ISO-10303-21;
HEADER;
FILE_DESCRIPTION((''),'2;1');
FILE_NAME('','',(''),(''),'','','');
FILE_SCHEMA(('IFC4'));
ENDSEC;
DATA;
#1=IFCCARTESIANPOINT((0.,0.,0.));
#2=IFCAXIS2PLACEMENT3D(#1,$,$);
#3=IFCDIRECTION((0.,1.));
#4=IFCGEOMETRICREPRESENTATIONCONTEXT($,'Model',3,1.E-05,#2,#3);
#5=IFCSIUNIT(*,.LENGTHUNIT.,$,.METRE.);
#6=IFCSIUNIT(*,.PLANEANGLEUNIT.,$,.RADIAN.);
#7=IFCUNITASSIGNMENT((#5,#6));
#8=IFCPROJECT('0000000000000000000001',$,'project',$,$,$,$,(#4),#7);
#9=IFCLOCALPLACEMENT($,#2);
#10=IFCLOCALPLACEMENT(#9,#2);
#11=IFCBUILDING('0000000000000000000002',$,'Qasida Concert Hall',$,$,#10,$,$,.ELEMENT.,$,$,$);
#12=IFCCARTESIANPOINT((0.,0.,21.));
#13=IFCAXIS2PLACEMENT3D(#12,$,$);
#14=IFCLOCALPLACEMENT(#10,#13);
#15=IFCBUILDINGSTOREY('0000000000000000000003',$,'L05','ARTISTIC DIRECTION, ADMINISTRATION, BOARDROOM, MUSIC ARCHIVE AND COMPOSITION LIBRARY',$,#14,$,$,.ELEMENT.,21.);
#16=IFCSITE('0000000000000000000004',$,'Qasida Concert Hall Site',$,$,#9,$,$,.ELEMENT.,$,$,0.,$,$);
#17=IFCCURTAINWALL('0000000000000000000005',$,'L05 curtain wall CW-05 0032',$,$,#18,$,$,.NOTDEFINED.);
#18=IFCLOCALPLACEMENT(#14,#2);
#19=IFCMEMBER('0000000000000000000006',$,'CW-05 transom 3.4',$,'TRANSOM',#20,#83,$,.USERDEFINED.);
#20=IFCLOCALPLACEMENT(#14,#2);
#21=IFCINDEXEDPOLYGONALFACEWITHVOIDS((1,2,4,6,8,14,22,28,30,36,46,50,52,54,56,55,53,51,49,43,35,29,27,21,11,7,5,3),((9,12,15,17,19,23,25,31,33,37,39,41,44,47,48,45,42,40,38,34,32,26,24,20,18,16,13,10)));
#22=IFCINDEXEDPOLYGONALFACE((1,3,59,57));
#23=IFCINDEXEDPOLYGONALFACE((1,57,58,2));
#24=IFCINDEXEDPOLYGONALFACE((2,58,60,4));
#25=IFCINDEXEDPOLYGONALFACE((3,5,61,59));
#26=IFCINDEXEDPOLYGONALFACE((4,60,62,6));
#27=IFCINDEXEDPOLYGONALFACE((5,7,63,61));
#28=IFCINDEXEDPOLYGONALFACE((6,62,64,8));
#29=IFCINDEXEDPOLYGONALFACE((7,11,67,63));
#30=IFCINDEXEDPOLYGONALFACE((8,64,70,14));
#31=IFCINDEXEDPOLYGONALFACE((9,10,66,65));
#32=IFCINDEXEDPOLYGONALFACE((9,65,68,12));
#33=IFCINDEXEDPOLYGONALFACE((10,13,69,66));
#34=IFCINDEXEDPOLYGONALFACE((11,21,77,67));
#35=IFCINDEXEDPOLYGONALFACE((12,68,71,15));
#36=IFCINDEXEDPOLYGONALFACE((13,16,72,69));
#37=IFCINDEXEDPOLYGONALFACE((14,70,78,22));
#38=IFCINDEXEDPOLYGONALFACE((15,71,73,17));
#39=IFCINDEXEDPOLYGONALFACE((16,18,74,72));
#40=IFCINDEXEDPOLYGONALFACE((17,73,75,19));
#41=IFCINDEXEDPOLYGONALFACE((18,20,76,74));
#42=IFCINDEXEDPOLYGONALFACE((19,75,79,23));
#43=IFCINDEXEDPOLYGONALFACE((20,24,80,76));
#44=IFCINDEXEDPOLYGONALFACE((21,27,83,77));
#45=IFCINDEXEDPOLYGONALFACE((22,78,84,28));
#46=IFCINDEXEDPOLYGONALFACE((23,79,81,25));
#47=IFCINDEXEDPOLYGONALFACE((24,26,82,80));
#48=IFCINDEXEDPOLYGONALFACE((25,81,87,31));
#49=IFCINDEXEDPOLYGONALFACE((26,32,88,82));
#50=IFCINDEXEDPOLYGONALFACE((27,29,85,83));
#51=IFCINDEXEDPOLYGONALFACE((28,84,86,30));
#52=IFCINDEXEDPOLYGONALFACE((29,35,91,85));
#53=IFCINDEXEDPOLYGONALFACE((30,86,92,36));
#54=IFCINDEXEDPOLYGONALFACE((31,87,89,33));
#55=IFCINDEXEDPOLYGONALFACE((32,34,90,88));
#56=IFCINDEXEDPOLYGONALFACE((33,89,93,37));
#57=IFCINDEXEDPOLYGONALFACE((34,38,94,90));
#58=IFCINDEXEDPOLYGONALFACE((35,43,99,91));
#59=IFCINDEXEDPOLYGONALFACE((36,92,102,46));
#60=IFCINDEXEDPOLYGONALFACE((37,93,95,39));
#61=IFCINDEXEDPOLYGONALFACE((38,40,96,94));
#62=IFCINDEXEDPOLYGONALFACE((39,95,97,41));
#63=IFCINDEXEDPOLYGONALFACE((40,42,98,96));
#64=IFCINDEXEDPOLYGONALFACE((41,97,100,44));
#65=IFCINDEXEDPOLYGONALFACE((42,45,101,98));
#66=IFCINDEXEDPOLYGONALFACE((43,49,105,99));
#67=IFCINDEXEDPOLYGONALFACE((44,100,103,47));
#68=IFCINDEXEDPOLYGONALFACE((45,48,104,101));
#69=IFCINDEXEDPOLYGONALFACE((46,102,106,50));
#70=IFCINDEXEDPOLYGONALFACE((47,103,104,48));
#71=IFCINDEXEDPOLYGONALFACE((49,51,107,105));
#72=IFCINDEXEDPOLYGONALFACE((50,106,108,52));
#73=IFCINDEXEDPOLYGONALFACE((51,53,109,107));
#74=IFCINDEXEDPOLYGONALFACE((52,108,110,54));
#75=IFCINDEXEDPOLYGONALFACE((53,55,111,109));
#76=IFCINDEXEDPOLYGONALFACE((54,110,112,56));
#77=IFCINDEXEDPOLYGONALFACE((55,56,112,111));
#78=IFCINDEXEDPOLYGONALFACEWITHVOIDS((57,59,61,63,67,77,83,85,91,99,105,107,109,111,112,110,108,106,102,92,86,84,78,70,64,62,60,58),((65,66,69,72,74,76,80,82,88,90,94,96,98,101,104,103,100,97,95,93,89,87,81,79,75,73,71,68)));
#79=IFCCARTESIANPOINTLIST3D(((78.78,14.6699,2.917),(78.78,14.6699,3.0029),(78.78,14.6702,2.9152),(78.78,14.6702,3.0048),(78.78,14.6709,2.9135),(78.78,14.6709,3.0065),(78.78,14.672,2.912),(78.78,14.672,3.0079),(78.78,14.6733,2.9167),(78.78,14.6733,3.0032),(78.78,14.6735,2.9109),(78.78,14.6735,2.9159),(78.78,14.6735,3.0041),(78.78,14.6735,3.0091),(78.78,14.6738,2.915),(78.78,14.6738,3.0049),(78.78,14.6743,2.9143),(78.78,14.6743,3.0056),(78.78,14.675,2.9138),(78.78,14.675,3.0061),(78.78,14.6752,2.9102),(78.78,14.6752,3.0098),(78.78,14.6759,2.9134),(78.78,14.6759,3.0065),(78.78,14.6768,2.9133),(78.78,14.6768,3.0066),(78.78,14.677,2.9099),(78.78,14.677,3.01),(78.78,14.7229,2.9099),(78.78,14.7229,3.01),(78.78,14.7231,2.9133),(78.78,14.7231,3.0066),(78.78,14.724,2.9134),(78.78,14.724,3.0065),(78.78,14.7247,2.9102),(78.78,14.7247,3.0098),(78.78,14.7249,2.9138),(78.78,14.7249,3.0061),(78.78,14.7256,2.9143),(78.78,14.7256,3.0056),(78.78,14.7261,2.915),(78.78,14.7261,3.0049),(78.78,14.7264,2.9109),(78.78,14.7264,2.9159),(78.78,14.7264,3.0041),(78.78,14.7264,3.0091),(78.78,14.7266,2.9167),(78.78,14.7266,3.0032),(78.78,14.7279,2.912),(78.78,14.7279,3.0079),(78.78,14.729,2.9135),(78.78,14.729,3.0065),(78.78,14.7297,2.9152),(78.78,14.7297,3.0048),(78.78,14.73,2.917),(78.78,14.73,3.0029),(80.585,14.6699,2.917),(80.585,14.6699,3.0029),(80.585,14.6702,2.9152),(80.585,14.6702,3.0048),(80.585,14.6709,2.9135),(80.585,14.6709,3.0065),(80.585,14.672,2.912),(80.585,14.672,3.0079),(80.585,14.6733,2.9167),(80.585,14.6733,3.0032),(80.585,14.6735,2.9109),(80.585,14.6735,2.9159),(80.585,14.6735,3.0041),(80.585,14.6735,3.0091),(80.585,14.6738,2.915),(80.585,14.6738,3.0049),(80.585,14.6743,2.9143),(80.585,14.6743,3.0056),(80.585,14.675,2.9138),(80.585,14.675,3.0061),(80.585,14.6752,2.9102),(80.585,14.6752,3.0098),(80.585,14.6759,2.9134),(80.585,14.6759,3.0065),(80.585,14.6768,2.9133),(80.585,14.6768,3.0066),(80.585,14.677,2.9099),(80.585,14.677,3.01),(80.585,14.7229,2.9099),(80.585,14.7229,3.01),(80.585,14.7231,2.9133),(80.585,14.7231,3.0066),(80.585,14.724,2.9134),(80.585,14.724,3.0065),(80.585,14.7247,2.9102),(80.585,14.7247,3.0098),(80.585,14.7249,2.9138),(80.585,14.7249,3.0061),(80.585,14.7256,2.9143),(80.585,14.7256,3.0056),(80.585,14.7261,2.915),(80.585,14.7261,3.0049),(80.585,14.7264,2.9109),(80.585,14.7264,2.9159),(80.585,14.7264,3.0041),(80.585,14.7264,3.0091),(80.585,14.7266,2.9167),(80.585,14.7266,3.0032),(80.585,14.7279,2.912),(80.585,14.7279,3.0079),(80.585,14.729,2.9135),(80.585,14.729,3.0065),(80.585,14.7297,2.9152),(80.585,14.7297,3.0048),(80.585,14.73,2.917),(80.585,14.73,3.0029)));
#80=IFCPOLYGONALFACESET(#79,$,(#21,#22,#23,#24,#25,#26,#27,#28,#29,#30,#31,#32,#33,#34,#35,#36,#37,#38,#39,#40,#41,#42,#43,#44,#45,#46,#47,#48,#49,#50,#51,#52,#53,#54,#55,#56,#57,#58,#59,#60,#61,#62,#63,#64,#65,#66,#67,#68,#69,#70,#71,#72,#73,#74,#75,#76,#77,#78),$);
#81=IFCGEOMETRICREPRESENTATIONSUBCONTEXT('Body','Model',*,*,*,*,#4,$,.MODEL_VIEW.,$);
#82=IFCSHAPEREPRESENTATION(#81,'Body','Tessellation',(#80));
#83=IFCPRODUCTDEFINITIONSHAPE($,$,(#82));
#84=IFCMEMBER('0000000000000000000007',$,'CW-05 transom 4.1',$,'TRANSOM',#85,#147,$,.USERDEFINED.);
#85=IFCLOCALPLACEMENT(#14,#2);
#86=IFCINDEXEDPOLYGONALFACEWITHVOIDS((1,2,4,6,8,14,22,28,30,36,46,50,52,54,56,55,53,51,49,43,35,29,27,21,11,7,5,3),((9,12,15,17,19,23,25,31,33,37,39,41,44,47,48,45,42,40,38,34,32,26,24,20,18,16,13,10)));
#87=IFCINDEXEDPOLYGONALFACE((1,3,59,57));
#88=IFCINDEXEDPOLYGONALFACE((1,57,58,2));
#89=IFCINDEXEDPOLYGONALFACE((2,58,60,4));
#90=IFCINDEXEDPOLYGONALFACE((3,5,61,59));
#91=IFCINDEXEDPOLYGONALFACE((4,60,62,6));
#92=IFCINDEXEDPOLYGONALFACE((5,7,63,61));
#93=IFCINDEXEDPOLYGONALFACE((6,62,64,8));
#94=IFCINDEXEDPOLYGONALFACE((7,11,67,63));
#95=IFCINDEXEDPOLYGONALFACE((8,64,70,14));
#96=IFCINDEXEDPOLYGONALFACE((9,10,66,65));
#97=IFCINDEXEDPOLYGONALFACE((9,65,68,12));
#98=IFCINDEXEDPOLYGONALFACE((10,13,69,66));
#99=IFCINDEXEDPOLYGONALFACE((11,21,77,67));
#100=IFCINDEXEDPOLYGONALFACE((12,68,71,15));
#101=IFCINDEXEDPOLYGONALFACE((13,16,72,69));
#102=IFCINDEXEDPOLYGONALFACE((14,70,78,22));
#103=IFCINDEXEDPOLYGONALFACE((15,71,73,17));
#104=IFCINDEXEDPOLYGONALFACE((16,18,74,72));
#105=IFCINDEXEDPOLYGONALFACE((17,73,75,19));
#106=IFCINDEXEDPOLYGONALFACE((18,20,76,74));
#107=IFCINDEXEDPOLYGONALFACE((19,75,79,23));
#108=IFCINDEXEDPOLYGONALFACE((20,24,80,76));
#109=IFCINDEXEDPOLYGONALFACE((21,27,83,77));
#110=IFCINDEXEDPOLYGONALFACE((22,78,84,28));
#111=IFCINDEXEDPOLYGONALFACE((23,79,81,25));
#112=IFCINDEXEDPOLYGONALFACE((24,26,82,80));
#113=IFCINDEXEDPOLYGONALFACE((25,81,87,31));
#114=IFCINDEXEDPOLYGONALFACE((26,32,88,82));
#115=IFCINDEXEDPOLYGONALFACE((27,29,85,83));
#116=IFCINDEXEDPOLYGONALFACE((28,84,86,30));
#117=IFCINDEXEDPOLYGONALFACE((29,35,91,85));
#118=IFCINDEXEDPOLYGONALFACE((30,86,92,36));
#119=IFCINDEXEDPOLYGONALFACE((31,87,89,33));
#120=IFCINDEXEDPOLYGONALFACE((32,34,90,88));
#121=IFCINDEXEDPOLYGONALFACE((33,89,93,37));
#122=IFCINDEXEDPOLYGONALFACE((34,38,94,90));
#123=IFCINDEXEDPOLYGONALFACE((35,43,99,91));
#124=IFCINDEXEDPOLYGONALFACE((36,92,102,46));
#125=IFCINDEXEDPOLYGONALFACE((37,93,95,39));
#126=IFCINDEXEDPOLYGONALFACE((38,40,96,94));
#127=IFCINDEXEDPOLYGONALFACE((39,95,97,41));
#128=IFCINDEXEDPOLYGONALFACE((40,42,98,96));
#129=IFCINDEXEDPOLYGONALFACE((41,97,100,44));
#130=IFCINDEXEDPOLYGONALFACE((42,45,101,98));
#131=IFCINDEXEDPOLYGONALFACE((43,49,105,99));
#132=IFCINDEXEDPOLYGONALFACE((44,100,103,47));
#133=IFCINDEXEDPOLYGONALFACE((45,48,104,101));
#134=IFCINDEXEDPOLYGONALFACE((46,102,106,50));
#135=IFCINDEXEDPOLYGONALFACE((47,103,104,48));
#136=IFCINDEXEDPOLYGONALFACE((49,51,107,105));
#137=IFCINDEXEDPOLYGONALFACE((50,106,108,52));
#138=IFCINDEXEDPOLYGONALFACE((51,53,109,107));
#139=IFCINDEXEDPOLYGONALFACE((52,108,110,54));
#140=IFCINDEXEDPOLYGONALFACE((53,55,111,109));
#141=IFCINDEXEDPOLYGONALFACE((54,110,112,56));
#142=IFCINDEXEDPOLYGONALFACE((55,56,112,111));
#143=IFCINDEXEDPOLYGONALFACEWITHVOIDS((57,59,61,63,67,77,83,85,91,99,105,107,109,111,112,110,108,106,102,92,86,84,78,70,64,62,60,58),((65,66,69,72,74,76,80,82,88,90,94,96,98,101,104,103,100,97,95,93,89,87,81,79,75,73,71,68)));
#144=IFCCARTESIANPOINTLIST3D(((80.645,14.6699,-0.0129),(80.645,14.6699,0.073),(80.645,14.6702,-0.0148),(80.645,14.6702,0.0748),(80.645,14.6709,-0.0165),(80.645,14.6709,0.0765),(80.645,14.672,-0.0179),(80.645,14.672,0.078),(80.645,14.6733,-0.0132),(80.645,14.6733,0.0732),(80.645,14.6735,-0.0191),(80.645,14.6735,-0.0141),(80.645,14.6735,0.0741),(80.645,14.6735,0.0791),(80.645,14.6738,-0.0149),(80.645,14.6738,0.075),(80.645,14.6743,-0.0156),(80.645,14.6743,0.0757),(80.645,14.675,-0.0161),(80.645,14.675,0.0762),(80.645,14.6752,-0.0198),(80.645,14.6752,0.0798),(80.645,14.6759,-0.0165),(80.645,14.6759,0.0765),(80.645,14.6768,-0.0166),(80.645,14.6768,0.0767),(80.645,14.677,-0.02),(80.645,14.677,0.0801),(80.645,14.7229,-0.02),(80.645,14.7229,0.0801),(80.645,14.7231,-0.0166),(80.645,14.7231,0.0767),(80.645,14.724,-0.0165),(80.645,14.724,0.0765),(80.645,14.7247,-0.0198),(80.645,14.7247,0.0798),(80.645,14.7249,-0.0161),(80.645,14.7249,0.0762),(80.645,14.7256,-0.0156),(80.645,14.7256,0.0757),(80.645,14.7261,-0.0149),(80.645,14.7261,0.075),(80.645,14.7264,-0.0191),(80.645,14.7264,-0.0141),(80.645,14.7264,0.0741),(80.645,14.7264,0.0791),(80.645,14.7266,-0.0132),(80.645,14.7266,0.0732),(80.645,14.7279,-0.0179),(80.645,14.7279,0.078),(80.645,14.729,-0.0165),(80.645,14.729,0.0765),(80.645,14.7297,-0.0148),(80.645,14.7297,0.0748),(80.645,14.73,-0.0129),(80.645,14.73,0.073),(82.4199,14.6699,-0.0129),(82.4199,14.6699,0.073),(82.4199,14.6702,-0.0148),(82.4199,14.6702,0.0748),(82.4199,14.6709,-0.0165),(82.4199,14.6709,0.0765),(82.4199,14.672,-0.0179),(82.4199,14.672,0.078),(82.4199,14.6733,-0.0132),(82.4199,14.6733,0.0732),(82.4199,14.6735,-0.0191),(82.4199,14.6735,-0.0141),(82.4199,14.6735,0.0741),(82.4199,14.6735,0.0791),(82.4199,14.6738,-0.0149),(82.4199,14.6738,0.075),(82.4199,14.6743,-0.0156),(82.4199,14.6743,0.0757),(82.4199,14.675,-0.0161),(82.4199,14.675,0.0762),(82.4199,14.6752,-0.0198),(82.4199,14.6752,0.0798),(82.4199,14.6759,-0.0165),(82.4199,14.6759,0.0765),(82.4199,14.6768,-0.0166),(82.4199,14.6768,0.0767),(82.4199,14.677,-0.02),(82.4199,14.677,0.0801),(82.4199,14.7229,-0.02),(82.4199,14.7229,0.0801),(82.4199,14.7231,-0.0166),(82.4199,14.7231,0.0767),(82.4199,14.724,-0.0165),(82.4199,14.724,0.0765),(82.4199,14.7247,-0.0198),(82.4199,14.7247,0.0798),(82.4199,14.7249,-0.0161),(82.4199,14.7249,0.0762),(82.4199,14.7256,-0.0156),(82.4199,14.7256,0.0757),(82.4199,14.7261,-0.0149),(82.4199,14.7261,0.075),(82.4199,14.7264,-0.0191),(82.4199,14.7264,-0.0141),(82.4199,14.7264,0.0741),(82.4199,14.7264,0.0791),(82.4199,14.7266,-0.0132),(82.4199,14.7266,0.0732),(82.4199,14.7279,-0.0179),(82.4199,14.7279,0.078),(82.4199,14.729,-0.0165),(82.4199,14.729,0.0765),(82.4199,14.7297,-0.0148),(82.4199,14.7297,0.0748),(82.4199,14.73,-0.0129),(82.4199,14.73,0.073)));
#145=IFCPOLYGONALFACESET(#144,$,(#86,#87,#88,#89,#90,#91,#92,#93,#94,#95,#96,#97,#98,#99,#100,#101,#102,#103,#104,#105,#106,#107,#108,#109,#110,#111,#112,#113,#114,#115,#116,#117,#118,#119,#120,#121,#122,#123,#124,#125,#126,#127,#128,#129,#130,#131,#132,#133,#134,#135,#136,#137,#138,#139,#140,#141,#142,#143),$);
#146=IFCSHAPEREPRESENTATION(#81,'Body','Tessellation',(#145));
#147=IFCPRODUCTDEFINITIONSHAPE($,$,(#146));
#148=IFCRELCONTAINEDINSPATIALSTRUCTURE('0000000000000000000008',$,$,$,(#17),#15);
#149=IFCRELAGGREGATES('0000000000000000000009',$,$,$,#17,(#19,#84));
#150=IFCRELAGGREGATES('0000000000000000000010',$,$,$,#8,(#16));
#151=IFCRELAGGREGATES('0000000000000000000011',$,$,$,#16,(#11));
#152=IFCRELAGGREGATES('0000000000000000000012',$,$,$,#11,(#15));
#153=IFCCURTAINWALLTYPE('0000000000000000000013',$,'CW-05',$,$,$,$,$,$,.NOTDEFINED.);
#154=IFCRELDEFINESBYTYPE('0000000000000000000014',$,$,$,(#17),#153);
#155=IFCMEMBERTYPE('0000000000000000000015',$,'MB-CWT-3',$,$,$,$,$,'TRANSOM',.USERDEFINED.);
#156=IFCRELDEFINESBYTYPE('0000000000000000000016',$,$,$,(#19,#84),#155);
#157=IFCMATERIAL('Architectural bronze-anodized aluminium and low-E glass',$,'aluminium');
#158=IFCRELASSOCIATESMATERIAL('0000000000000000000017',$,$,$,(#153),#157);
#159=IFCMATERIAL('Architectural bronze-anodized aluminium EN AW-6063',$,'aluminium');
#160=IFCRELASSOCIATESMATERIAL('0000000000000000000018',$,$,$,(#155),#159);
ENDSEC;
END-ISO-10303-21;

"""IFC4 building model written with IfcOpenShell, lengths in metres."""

from ifc_helpers import new_model, si_unit, direction, frame, origin, origin_2d, place, context, subcontext, project, spatial, hollow_rectangle, extrude, material, material_profile, profile_set, type_object, element, aggregate, save


model = new_model("IFC4")

# Units and contexts
model_context = context("Model", 3, precision=1e-05, world=origin(), true_north=direction((0.0, 1.0)))
body_context = subcontext(model_context, "Body", "Model", "MODEL_VIEW")
ifc_project = project(units=[si_unit("LENGTHUNIT", "METRE"), si_unit("PLANEANGLEUNIT", "RADIAN")], contexts=[model_context])

# Site, building, storey
site_placement = place(None, origin())
site = spatial("IfcSite", under=ifc_project, at=site_placement, Name="Qasida Concert Hall Site", CompositionType="ELEMENT", RefElevation=0.0)
building_placement = place(site_placement, origin())
building = spatial("IfcBuilding", under=site, at=building_placement, Name="Qasida Concert Hall", CompositionType="ELEMENT")
storey_placement = place(building_placement, frame((0.0, 0.0, 21.0)))
storey = spatial("IfcBuildingStorey", under=building, at=storey_placement, Name="L05", Description="ARTISTIC DIRECTION, ADMINISTRATION, BOARDROOM, MUSIC ARCHIVE AND COMPOSITION LIBRARY", CompositionType="ELEMENT", Elevation=21.0)

# Curtain wall, members
ifc_material_1 = material(Name="Architectural bronze-anodized aluminium and low-E glass", Category="aluminium")
curtain_wall_type = type_object("IfcCurtainWallType", Name="CW-05", PredefinedType="NOTDEFINED", material=ifc_material_1)
curtain_wall_placement = place(storey_placement, origin())
curtain_wall = element("IfcCurtainWall", 1, at=curtain_wall_placement, inside=storey, type_object=curtain_wall_type, Name="L05 curtain wall CW-05 0032", PredefinedType="NOTDEFINED")
ifc_material_2 = material(Name="Architectural bronze-anodized aluminium EN AW-6063", Category="aluminium")
ifc_material_profile_1 = material_profile(ifc_material_2, hollow_rectangle(XDim=0.0601, YDim=0.1001, WallThickness=0.0034, InnerFilletRadius=0.0034, OuterFilletRadius=0.0071, at=origin_2d()), Name="CWT 100x60x3.5")
ifc_profile_set_1 = profile_set([ifc_material_profile_1], Name="Architectural bronze-anodized aluminium EN AW-6063")
member_type_1 = type_object("IfcMemberType", Name="MB-CWT-3", ElementType="TRANSOM", PredefinedType="USERDEFINED", material=ifc_profile_set_1)
member_1_placement = place(storey_placement, frame((78.78, 14.7, 2.96), z_axis=(1.0, 0.0, 0.0), x_axis=(0.0, 1.0, 0.0)))
member_1 = element("IfcMember", 2, at=member_1_placement, type_object=member_type_1, Name="CW-05 transom 3.4", ObjectType="TRANSOM", PredefinedType="USERDEFINED", context=body_context, shape_type="SweptSolid", body=[
    extrude(hollow_rectangle(XDim=0.0601, YDim=0.1001, WallThickness=0.0034, InnerFilletRadius=0.0034, OuterFilletRadius=0.0071, at=origin_2d()), origin(), (0.0, 0.0, 1.0), 1.8049),
])
member_2_placement = place(storey_placement, frame((80.645, 14.7, 0.03), z_axis=(1.0, 0.0, 0.0), x_axis=(0.0, 1.0, 0.0)))
member_2 = element("IfcMember", 3, at=member_2_placement, type_object=member_type_1, Name="CW-05 transom 4.1", ObjectType="TRANSOM", PredefinedType="USERDEFINED", context=body_context, shape_type="SweptSolid", body=[
    extrude(hollow_rectangle(XDim=0.0601, YDim=0.1001, WallThickness=0.0034, InnerFilletRadius=0.0034, OuterFilletRadius=0.0071, at=origin_2d()), origin(), (0.0, 0.0, 1.0), 1.7749),
])
aggregate(curtain_wall, [member_1, member_2])

save(model, "model.ifc")
